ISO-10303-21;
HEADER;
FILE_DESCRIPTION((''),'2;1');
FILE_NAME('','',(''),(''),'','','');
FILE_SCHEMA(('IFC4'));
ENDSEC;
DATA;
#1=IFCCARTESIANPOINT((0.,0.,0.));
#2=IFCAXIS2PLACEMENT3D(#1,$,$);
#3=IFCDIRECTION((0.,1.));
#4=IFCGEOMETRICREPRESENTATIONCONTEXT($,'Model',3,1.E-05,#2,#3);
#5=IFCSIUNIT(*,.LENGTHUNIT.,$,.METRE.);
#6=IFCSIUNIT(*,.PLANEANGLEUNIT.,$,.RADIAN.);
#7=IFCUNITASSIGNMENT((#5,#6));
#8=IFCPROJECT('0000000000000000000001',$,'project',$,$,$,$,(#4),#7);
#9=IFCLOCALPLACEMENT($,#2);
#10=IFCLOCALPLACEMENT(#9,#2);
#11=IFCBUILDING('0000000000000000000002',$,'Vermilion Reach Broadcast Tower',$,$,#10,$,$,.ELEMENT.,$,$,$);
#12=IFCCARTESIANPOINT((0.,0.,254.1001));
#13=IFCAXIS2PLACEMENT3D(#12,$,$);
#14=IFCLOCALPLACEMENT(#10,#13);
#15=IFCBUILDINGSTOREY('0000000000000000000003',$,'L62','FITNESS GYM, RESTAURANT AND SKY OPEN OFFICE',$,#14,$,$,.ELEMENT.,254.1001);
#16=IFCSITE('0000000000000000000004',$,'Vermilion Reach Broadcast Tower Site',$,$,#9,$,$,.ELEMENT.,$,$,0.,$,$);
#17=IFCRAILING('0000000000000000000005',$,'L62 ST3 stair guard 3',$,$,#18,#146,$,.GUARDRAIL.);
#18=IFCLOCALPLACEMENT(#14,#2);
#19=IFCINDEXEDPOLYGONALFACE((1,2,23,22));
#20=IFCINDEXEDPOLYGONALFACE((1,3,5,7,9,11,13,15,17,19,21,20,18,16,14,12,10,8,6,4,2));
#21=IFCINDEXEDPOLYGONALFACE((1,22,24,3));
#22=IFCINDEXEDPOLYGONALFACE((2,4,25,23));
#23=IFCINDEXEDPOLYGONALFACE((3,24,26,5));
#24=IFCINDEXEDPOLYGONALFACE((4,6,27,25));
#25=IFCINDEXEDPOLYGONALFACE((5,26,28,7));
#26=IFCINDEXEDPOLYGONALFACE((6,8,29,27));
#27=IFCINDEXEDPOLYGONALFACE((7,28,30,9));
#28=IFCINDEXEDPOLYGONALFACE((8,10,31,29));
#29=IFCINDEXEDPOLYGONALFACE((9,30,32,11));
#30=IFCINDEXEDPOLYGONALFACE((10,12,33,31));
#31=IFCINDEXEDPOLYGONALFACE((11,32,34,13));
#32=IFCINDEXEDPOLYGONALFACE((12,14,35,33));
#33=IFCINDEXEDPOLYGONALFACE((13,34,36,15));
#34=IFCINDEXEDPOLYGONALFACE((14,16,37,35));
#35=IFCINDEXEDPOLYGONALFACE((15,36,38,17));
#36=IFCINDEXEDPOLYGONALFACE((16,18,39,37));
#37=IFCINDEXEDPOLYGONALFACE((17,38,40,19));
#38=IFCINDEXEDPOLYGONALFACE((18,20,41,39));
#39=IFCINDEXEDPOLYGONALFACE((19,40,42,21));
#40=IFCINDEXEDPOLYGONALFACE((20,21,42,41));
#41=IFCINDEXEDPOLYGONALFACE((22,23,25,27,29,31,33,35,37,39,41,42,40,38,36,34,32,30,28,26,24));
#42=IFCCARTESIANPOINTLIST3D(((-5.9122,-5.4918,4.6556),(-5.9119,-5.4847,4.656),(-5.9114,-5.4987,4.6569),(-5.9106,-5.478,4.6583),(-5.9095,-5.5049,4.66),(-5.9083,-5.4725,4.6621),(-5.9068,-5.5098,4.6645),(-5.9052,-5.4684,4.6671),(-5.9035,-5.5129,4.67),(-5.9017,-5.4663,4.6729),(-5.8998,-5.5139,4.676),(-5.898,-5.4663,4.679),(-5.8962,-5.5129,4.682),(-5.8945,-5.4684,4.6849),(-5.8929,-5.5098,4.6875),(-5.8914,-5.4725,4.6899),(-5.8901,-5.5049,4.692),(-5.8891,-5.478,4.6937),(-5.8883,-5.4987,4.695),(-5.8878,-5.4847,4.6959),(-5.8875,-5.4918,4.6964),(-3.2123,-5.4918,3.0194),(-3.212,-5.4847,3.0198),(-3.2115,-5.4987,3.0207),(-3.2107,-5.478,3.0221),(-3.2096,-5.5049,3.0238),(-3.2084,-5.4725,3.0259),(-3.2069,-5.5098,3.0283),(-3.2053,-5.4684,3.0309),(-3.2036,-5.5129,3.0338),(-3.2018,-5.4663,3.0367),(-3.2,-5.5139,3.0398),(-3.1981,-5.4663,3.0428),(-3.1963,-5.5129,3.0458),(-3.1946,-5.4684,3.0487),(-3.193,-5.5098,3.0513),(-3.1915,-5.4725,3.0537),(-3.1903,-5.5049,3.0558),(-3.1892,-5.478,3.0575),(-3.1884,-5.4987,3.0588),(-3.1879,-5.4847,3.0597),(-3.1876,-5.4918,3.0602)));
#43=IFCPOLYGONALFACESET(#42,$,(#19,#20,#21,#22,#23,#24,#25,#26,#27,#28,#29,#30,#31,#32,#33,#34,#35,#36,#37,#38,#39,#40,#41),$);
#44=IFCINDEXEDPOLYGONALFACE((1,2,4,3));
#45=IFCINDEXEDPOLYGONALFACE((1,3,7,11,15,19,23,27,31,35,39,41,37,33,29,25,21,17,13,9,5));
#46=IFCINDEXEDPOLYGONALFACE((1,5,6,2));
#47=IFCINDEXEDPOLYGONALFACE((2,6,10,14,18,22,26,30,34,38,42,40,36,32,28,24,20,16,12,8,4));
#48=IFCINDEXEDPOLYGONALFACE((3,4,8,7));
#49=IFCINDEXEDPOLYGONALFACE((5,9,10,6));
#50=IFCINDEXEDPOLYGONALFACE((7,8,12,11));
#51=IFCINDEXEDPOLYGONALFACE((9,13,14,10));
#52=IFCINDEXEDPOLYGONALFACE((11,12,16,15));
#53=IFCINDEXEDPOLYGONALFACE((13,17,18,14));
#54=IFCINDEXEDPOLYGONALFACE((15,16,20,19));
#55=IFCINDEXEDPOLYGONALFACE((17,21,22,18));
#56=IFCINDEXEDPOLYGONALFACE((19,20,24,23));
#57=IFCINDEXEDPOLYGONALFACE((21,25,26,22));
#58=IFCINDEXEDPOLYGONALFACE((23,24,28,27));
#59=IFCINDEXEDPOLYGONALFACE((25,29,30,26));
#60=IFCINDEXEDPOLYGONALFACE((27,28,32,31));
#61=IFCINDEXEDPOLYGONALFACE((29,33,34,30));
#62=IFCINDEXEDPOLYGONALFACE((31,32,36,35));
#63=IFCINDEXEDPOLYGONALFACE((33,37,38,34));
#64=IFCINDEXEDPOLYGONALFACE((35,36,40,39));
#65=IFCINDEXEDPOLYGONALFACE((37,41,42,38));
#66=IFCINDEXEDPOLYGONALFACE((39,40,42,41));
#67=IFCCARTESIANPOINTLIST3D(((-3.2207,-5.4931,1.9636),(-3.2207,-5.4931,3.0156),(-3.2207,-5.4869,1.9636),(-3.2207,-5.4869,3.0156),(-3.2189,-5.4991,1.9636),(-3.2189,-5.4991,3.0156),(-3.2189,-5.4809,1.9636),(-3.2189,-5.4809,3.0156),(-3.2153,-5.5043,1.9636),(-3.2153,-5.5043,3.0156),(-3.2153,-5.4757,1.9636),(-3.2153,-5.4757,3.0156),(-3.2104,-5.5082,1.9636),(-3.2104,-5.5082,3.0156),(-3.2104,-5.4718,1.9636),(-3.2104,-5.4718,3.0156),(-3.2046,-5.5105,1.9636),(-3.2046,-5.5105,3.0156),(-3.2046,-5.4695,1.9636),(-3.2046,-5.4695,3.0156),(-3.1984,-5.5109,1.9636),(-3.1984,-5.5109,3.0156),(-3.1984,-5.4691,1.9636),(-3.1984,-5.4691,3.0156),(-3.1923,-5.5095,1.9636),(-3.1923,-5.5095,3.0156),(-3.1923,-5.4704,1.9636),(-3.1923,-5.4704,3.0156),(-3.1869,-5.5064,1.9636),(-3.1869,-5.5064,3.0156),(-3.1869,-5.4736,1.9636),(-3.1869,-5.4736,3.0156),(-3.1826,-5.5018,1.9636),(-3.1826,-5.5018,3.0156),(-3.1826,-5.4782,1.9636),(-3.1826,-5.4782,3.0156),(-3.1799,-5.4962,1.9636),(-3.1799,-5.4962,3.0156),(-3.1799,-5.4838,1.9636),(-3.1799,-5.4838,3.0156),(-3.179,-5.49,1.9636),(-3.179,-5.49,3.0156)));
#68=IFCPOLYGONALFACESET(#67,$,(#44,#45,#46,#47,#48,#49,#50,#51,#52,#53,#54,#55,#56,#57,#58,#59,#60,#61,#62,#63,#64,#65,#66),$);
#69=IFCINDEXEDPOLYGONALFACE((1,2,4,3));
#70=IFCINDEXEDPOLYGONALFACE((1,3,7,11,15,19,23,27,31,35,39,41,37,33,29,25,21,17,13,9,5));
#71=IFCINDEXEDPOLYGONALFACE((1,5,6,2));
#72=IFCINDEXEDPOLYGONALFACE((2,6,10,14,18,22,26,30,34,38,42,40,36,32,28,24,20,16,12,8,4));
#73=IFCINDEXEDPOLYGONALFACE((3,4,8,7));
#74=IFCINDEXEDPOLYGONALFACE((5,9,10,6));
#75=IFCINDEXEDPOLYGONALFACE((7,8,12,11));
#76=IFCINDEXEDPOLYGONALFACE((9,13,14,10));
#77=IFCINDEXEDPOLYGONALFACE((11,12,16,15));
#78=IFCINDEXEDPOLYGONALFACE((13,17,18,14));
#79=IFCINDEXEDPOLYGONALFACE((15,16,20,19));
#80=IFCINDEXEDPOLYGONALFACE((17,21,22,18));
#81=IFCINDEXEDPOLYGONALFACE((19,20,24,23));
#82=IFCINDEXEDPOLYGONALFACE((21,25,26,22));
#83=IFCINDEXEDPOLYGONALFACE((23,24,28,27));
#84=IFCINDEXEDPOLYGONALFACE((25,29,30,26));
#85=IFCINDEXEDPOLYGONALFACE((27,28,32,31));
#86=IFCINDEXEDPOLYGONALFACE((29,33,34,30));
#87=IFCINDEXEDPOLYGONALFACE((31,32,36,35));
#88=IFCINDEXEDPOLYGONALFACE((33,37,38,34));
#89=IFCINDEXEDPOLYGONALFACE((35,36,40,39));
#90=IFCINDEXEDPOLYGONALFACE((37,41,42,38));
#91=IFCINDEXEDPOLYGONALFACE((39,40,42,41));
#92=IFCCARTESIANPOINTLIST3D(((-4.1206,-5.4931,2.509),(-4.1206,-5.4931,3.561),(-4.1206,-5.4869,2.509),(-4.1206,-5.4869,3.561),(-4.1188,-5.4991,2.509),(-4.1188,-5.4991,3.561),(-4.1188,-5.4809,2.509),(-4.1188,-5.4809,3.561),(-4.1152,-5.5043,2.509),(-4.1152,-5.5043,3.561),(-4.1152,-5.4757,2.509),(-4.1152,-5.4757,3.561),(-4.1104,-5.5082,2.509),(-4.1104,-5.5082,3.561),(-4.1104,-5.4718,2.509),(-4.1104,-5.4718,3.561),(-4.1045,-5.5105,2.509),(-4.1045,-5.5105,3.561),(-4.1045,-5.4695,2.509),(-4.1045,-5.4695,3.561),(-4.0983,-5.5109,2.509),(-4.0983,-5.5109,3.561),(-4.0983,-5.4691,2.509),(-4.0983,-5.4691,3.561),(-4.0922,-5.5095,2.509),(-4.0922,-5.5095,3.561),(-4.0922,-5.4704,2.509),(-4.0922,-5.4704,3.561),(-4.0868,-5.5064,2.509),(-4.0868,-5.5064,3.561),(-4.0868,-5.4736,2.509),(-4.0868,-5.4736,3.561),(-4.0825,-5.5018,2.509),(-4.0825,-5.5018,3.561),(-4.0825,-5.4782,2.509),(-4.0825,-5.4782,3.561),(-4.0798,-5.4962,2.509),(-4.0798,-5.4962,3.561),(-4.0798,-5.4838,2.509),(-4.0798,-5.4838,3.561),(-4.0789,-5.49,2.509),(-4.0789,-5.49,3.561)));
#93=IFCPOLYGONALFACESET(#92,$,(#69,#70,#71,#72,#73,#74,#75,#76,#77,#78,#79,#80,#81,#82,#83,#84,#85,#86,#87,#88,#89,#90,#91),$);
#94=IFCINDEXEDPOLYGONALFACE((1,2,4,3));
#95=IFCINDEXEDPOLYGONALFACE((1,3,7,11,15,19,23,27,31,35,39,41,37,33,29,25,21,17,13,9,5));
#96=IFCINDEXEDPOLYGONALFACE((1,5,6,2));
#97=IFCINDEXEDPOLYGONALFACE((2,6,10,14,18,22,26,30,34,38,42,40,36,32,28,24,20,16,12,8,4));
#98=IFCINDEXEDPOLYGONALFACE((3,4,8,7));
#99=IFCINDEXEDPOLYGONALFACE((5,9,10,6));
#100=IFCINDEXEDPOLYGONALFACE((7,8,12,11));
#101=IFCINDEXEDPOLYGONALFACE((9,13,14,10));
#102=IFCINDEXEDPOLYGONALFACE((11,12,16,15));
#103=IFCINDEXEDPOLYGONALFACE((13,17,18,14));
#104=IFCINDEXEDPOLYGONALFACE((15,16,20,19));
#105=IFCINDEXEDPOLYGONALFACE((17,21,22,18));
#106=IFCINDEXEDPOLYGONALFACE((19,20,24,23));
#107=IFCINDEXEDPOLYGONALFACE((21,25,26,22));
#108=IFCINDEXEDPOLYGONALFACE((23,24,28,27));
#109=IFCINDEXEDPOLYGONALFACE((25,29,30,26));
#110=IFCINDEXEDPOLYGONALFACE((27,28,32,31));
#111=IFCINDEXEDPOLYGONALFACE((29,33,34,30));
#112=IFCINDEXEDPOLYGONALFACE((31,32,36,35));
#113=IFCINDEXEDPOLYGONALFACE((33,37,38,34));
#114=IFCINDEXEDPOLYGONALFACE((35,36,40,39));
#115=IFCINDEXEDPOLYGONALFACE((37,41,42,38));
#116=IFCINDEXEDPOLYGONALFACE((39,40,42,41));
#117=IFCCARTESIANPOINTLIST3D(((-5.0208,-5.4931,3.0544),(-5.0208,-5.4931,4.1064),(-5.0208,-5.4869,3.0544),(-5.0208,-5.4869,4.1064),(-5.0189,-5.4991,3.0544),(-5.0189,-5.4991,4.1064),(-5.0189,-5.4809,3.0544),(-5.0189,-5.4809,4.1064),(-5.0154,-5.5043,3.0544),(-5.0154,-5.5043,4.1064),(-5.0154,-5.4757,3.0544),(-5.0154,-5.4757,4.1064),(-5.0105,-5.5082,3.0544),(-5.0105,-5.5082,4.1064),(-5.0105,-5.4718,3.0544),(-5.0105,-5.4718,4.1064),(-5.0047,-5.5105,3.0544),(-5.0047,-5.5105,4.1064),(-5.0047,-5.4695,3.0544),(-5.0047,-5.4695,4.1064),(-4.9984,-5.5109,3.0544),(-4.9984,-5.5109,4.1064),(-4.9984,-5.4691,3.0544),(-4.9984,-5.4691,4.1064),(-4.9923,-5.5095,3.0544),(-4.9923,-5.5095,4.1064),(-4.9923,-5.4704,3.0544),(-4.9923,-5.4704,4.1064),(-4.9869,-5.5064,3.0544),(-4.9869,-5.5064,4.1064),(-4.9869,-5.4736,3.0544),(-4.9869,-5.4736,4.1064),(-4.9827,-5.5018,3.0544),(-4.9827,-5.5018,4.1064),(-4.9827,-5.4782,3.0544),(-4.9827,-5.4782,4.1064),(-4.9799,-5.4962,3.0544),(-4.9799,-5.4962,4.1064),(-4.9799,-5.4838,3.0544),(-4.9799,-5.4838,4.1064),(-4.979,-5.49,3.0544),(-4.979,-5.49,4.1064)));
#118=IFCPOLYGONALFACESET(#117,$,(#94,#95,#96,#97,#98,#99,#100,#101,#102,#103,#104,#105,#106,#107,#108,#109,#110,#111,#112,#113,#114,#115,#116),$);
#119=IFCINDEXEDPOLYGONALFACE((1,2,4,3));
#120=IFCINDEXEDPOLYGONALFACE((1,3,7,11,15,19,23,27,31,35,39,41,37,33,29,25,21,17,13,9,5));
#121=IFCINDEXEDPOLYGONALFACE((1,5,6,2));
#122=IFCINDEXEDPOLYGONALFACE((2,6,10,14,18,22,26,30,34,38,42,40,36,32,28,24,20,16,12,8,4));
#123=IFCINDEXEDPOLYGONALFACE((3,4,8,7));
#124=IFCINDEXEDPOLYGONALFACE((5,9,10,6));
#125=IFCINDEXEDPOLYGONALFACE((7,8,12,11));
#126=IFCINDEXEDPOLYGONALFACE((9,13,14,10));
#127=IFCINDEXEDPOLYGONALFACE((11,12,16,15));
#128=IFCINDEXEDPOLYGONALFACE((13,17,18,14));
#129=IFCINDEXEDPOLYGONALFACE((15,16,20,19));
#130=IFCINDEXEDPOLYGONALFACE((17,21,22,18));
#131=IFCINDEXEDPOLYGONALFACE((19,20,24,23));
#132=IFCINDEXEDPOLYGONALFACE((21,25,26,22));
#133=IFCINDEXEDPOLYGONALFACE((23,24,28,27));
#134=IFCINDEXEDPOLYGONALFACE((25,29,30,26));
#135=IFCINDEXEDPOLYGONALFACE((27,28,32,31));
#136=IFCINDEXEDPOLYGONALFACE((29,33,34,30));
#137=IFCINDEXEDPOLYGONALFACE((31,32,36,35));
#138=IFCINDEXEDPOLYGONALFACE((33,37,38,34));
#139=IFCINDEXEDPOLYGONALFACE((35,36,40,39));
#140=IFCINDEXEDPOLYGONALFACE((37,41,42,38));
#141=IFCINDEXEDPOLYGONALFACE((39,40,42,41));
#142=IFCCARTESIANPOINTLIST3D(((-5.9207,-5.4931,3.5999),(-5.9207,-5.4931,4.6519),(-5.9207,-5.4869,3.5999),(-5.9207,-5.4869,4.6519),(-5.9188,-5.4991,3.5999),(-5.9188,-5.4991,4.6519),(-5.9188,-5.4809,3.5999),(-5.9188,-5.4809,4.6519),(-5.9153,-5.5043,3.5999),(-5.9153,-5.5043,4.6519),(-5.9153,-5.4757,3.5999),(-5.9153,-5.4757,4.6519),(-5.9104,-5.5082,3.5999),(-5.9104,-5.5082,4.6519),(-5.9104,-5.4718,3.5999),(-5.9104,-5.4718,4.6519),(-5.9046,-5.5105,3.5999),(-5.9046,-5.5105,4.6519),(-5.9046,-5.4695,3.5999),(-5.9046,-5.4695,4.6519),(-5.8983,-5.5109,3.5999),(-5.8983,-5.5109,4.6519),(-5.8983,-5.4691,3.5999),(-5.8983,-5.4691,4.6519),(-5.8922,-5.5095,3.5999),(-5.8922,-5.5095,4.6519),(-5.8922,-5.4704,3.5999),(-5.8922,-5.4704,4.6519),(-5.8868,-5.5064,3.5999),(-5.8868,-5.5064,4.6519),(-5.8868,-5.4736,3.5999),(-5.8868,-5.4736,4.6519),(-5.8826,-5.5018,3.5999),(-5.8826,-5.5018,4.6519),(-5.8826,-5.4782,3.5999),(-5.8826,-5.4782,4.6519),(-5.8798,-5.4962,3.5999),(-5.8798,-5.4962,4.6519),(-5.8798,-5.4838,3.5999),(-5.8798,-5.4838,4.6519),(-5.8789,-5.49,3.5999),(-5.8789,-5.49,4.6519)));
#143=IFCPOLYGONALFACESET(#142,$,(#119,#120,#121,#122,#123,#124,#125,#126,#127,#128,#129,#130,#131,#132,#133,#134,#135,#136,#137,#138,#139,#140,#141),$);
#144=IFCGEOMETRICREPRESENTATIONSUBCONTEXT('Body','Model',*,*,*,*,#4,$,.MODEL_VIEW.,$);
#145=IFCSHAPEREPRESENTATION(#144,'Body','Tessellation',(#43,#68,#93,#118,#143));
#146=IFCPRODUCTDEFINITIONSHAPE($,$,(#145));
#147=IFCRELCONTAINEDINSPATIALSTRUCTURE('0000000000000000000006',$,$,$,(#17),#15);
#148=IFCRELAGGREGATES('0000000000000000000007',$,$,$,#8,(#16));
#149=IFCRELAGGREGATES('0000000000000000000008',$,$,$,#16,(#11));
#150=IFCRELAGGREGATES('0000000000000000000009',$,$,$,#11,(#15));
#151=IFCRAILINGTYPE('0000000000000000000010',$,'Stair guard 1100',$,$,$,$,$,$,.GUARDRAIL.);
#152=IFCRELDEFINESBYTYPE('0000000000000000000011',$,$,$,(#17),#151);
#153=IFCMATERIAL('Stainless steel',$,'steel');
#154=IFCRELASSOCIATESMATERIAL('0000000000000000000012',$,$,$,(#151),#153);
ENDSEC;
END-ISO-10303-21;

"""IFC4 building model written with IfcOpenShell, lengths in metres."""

from ifc_helpers import new_model, si_unit, direction, frame, origin, origin_2d, place, context, subcontext, project, spatial, circle, extrude, material, type_object, element, save


model = new_model("IFC4")

# Units and contexts
model_context = context("Model", 3, precision=1e-05, world=origin(), true_north=direction((0.0, 1.0)))
body_context = subcontext(model_context, "Body", "Model", "MODEL_VIEW")
ifc_project = project(units=[si_unit("LENGTHUNIT", "METRE"), si_unit("PLANEANGLEUNIT", "RADIAN")], contexts=[model_context])

# Site, building, storey
site_placement = place(None, origin())
site = spatial("IfcSite", under=ifc_project, at=site_placement, Name="Vermilion Reach Broadcast Tower Site", CompositionType="ELEMENT", RefElevation=0.0)
building_placement = place(site_placement, origin())
building = spatial("IfcBuilding", under=site, at=building_placement, Name="Vermilion Reach Broadcast Tower", CompositionType="ELEMENT")
storey_placement = place(building_placement, frame((0.0, 0.0, 254.1001)))
storey = spatial("IfcBuildingStorey", under=building, at=storey_placement, Name="L62", Description="FITNESS GYM, RESTAURANT AND SKY OPEN OFFICE", CompositionType="ELEMENT", Elevation=254.1001)

# Railing
ifc_material_1 = material(Name="Stainless steel", Category="steel")
railing_type_1 = type_object("IfcRailingType", Name="Stair guard 1100", PredefinedType="GUARDRAIL", material=ifc_material_1)
railing_1_placement = place(storey_placement, frame((-3.2, -5.49, 1.9636)))
element("IfcRailing", 1, at=railing_1_placement, inside=storey, type_object=railing_type_1, Name="L62 ST3 stair guard 3", PredefinedType="GUARDRAIL", context=body_context, shape_type="SweptSolid", body=[
    extrude(circle(Radius=0.0239, at=origin_2d()), frame((0.0, 0.0, 1.0762), z_axis=(-0.855212, 0.0, 0.518278), x_axis=(0.0, -1.0, 0.0)), (0.0, 0.0, 1.0), 3.157),
    extrude(circle(Radius=0.021, at=origin_2d()), origin(), (0.0, 0.0, 1.0), 1.052),
    extrude(circle(Radius=0.021, at=origin_2d()), frame((-0.8999, 0.0, 0.5454)), (0.0, 0.0, 1.0), 1.052),
    extrude(circle(Radius=0.021, at=origin_2d()), frame((-1.8, 0.0, 1.0908)), (0.0, 0.0, 1.0), 1.052),
    extrude(circle(Radius=0.021, at=origin_2d()), frame((-2.7, 0.0, 1.6362)), (0.0, 0.0, 1.0), 1.052),
])

save(model, "model.ifc")
